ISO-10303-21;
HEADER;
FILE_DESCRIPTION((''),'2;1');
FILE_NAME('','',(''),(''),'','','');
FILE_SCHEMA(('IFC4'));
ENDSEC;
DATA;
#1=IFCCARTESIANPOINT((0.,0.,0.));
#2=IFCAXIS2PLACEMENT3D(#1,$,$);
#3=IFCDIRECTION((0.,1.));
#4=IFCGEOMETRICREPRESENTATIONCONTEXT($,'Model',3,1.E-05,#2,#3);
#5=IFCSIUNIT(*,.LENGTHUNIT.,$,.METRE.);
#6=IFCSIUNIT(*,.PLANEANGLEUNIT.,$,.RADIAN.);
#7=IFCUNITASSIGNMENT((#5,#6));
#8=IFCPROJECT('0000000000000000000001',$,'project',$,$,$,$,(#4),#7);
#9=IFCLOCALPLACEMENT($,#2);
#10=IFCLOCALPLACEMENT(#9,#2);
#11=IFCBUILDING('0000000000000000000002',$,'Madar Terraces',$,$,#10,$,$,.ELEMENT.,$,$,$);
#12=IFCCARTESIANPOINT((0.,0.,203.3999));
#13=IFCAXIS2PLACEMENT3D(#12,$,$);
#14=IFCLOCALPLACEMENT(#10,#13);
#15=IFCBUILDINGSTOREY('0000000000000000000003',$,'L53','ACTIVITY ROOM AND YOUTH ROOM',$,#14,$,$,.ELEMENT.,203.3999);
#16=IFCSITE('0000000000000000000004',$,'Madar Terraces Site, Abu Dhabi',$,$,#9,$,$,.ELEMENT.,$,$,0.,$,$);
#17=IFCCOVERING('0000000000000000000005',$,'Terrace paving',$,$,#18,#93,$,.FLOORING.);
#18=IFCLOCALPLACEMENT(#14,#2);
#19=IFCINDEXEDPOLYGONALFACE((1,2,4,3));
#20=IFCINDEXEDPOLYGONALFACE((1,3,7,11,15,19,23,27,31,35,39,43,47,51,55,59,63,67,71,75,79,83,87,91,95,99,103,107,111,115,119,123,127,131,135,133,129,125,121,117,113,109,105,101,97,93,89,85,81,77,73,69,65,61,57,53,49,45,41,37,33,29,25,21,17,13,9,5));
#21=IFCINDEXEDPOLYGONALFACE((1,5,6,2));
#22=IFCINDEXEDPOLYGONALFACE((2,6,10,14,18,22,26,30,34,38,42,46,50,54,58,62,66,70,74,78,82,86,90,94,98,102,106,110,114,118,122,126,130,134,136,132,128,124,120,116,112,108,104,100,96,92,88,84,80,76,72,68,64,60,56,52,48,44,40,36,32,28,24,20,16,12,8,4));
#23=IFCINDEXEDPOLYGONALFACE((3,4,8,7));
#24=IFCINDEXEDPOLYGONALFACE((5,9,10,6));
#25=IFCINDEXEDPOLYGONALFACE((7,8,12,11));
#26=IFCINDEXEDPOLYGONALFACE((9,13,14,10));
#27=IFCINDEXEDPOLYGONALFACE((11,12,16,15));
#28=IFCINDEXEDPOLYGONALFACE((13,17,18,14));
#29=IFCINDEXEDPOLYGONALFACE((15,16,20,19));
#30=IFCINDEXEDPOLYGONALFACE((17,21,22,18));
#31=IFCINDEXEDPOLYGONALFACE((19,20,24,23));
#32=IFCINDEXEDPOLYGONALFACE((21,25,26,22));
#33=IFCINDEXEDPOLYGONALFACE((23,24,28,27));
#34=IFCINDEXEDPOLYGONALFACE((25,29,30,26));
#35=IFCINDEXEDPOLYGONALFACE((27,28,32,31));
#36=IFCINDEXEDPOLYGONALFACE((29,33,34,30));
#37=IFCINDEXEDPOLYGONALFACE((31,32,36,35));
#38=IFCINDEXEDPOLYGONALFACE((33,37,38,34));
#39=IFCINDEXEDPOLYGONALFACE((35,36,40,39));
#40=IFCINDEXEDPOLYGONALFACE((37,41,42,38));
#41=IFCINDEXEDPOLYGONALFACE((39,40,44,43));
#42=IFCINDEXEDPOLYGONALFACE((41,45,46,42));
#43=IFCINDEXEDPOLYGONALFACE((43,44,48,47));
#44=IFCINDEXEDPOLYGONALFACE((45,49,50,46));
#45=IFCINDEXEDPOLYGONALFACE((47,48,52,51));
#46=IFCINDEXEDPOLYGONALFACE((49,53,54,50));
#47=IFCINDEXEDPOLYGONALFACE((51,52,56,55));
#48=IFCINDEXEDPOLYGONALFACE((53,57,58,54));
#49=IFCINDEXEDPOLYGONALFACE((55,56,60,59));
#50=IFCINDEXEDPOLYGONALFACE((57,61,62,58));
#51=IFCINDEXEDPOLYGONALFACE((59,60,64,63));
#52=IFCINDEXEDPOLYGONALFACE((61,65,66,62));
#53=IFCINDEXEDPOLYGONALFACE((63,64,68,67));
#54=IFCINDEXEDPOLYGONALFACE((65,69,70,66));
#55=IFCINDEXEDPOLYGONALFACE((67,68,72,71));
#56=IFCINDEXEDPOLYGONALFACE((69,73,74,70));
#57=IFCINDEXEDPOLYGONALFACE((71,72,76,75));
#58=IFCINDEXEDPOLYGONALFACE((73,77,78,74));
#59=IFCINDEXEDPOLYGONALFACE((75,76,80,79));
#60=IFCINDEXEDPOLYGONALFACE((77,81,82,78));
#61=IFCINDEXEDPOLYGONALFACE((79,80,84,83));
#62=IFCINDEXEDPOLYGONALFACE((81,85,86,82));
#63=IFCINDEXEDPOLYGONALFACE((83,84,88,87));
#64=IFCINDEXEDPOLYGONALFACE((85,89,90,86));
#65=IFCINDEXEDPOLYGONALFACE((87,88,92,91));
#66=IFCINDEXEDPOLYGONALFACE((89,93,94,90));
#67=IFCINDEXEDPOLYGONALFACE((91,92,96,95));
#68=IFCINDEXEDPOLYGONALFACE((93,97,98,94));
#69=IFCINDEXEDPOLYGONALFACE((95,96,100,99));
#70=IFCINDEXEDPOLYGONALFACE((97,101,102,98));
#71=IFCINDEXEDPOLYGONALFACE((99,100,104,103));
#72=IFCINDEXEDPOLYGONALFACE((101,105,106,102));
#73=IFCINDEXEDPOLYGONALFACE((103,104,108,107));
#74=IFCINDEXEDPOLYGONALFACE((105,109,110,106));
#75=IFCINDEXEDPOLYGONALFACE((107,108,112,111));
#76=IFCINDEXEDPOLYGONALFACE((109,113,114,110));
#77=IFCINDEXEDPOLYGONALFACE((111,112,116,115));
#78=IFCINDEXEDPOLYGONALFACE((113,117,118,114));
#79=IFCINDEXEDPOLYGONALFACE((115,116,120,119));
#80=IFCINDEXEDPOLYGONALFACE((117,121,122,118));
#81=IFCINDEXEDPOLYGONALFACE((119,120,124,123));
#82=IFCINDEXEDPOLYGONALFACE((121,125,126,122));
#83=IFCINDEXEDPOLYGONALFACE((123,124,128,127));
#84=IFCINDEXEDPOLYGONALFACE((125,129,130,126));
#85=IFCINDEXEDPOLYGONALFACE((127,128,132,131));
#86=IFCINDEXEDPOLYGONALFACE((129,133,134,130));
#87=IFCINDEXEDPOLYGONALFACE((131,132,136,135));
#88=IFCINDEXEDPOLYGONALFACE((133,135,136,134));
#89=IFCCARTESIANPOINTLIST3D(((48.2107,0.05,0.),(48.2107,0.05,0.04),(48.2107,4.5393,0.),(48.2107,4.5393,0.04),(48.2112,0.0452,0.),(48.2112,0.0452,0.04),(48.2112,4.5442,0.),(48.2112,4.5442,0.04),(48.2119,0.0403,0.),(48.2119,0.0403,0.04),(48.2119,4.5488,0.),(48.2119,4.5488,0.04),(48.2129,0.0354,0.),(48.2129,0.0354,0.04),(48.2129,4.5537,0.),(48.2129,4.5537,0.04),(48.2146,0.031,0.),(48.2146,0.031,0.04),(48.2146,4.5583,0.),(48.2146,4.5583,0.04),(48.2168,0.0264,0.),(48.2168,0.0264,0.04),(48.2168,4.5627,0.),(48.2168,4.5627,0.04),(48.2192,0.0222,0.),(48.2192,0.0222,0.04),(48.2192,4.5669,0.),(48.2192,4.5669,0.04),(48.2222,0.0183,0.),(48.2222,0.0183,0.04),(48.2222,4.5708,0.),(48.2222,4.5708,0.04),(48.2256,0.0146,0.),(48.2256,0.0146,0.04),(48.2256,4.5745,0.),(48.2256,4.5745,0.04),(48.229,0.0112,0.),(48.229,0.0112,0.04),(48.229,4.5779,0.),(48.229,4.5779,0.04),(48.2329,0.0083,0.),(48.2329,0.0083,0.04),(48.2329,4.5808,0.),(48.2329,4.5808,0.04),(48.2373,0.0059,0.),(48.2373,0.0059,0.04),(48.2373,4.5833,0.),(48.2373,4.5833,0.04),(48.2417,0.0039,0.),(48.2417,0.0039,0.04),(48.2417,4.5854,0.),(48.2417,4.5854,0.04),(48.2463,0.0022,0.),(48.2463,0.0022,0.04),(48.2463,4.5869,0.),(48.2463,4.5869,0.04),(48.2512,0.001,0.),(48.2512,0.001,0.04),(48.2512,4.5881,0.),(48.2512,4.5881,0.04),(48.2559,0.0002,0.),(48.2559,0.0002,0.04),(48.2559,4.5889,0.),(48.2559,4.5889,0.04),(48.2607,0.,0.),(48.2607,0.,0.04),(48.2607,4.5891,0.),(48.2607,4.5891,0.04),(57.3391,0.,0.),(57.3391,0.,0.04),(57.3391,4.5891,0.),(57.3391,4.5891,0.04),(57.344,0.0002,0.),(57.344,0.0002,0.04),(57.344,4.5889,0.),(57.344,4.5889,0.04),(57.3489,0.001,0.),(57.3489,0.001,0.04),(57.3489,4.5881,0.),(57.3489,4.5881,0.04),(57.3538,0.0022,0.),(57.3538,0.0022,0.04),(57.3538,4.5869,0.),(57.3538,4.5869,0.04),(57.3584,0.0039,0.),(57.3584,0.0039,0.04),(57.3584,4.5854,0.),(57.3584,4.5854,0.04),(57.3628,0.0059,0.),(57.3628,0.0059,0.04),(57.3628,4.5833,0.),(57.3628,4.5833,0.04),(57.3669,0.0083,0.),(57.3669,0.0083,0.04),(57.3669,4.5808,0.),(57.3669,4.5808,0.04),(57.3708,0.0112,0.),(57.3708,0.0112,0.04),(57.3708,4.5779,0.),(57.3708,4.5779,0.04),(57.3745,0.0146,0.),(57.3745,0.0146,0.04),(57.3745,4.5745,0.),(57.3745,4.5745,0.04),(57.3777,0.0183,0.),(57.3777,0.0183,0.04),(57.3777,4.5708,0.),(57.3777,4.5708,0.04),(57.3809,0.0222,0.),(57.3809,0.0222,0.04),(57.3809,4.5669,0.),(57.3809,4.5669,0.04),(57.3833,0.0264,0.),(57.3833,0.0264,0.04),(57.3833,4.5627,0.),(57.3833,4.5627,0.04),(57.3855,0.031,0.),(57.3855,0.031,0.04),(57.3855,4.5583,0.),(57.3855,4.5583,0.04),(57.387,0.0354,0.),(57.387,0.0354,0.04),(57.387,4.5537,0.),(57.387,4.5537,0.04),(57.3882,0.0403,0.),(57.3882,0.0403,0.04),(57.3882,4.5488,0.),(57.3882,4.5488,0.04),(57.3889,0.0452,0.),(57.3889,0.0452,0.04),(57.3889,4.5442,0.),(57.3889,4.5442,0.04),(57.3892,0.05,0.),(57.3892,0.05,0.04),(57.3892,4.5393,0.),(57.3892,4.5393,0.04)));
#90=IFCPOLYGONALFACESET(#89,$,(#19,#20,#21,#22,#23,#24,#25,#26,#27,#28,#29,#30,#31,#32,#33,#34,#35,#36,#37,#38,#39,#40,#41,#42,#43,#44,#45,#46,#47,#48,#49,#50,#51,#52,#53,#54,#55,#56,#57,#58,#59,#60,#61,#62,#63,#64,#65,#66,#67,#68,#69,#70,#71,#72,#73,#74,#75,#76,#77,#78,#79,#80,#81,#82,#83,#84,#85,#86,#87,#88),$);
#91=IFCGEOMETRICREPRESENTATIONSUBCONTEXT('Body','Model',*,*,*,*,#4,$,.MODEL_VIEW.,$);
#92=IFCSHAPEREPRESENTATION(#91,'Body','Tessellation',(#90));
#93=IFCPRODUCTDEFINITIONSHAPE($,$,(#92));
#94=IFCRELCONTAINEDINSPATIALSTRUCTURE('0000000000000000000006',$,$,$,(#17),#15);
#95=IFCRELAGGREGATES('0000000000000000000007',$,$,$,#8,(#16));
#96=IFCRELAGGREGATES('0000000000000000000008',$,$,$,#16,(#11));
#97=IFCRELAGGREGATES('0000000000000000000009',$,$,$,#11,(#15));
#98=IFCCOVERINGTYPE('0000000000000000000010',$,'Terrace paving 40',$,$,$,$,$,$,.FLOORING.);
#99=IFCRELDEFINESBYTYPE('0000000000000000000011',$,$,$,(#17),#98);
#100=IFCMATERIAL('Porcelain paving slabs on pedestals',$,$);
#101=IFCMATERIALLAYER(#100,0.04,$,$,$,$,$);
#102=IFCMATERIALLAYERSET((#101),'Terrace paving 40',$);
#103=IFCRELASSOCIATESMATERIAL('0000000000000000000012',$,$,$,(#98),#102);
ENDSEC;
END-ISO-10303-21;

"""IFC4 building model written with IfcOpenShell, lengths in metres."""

from ifc_helpers import new_model, si_unit, direction, frame, origin, place, context, subcontext, project, spatial, polyline, outline, extrude, material, layer, layer_set, type_object, element, save


model = new_model("IFC4")

# Units and contexts
model_context = context("Model", 3, precision=1e-05, world=origin(), true_north=direction((0.0, 1.0)))
body_context = subcontext(model_context, "Body", "Model", "MODEL_VIEW")
ifc_project = project(units=[si_unit("LENGTHUNIT", "METRE"), si_unit("PLANEANGLEUNIT", "RADIAN")], contexts=[model_context])

# Site, building, storey
site_placement = place(None, origin())
site = spatial("IfcSite", under=ifc_project, at=site_placement, Name="Madar Terraces Site, Abu Dhabi", CompositionType="ELEMENT", RefElevation=0.0)
building_placement = place(site_placement, origin())
building = spatial("IfcBuilding", under=site, at=building_placement, Name="Madar Terraces", CompositionType="ELEMENT")
storey_placement = place(building_placement, frame((0.0, 0.0, 203.3999)))
storey = spatial("IfcBuildingStorey", under=building, at=storey_placement, Name="L53", Description="ACTIVITY ROOM AND YOUTH ROOM", CompositionType="ELEMENT", Elevation=203.3999)

# Covering
ifc_material_1 = material(Name="Porcelain paving slabs on pedestals")
ifc_layer_1 = layer(ifc_material_1, 0.04)
ifc_layer_set_1 = layer_set([ifc_layer_1], Name="Terrace paving 40")
covering_type = type_object("IfcCoveringType", Name="Terrace paving 40", PredefinedType="FLOORING", material=ifc_layer_set_1)
covering_1_placement = place(storey_placement, origin())
element("IfcCovering", 1, at=covering_1_placement, inside=storey, type_object=covering_type, Name="Terrace paving", PredefinedType="FLOORING", context=body_context, shape_type="SweptSolid", body=[
    extrude(outline(polyline([(48.2463, 0.0022), (48.2417, 0.0039), (48.2373, 0.0059), (48.2329, 0.0083), (48.229, 0.0112), (48.2256, 0.0146), (48.2222, 0.0183), (48.2192, 0.0222), (48.2168, 0.0264), (48.2146, 0.031), (48.2129, 0.0354), (48.2119, 0.0403), (48.2112, 0.0452), (48.2107, 0.05), (48.2107, 4.5393), (48.2112, 4.5442), (48.2119, 4.5488), (48.2129, 4.5537), (48.2146, 4.5583), (48.2168, 4.5627), (48.2192, 4.5669), (48.2222, 4.5708), (48.2256, 4.5745), (48.229, 4.5779), (48.2329, 4.5808), (48.2373, 4.5833), (48.2417, 4.5854), (48.2463, 4.5869), (48.2512, 4.5881), (48.2559, 4.5889), (48.2607, 4.5891), (57.3391, 4.5891), (57.344, 4.5889), (57.3489, 4.5881), (57.3538, 4.5869), (57.3584, 4.5854), (57.3628, 4.5833), (57.3669, 4.5808), (57.3708, 4.5779), (57.3745, 4.5745), (57.3777, 4.5708), (57.3809, 4.5669), (57.3833, 4.5627), (57.3855, 4.5583), (57.387, 4.5537), (57.3882, 4.5488), (57.3889, 4.5442), (57.3892, 4.5393), (57.3892, 0.05), (57.3889, 0.0452), (57.3882, 0.0403), (57.387, 0.0354), (57.3855, 0.031), (57.3833, 0.0264), (57.3809, 0.0222), (57.3777, 0.0183), (57.3745, 0.0146), (57.3708, 0.0112), (57.3669, 0.0083), (57.3628, 0.0059), (57.3584, 0.0039), (57.3538, 0.0022), (57.3489, 0.001), (57.344, 0.0002), (57.3391, 0.0), (48.2607, 0.0), (48.2559, 0.0002), (48.2512, 0.001), (48.2463, 0.0022)])), origin(), (0.0, 0.0, 1.0), 0.04),
])

save(model, "model.ifc")
